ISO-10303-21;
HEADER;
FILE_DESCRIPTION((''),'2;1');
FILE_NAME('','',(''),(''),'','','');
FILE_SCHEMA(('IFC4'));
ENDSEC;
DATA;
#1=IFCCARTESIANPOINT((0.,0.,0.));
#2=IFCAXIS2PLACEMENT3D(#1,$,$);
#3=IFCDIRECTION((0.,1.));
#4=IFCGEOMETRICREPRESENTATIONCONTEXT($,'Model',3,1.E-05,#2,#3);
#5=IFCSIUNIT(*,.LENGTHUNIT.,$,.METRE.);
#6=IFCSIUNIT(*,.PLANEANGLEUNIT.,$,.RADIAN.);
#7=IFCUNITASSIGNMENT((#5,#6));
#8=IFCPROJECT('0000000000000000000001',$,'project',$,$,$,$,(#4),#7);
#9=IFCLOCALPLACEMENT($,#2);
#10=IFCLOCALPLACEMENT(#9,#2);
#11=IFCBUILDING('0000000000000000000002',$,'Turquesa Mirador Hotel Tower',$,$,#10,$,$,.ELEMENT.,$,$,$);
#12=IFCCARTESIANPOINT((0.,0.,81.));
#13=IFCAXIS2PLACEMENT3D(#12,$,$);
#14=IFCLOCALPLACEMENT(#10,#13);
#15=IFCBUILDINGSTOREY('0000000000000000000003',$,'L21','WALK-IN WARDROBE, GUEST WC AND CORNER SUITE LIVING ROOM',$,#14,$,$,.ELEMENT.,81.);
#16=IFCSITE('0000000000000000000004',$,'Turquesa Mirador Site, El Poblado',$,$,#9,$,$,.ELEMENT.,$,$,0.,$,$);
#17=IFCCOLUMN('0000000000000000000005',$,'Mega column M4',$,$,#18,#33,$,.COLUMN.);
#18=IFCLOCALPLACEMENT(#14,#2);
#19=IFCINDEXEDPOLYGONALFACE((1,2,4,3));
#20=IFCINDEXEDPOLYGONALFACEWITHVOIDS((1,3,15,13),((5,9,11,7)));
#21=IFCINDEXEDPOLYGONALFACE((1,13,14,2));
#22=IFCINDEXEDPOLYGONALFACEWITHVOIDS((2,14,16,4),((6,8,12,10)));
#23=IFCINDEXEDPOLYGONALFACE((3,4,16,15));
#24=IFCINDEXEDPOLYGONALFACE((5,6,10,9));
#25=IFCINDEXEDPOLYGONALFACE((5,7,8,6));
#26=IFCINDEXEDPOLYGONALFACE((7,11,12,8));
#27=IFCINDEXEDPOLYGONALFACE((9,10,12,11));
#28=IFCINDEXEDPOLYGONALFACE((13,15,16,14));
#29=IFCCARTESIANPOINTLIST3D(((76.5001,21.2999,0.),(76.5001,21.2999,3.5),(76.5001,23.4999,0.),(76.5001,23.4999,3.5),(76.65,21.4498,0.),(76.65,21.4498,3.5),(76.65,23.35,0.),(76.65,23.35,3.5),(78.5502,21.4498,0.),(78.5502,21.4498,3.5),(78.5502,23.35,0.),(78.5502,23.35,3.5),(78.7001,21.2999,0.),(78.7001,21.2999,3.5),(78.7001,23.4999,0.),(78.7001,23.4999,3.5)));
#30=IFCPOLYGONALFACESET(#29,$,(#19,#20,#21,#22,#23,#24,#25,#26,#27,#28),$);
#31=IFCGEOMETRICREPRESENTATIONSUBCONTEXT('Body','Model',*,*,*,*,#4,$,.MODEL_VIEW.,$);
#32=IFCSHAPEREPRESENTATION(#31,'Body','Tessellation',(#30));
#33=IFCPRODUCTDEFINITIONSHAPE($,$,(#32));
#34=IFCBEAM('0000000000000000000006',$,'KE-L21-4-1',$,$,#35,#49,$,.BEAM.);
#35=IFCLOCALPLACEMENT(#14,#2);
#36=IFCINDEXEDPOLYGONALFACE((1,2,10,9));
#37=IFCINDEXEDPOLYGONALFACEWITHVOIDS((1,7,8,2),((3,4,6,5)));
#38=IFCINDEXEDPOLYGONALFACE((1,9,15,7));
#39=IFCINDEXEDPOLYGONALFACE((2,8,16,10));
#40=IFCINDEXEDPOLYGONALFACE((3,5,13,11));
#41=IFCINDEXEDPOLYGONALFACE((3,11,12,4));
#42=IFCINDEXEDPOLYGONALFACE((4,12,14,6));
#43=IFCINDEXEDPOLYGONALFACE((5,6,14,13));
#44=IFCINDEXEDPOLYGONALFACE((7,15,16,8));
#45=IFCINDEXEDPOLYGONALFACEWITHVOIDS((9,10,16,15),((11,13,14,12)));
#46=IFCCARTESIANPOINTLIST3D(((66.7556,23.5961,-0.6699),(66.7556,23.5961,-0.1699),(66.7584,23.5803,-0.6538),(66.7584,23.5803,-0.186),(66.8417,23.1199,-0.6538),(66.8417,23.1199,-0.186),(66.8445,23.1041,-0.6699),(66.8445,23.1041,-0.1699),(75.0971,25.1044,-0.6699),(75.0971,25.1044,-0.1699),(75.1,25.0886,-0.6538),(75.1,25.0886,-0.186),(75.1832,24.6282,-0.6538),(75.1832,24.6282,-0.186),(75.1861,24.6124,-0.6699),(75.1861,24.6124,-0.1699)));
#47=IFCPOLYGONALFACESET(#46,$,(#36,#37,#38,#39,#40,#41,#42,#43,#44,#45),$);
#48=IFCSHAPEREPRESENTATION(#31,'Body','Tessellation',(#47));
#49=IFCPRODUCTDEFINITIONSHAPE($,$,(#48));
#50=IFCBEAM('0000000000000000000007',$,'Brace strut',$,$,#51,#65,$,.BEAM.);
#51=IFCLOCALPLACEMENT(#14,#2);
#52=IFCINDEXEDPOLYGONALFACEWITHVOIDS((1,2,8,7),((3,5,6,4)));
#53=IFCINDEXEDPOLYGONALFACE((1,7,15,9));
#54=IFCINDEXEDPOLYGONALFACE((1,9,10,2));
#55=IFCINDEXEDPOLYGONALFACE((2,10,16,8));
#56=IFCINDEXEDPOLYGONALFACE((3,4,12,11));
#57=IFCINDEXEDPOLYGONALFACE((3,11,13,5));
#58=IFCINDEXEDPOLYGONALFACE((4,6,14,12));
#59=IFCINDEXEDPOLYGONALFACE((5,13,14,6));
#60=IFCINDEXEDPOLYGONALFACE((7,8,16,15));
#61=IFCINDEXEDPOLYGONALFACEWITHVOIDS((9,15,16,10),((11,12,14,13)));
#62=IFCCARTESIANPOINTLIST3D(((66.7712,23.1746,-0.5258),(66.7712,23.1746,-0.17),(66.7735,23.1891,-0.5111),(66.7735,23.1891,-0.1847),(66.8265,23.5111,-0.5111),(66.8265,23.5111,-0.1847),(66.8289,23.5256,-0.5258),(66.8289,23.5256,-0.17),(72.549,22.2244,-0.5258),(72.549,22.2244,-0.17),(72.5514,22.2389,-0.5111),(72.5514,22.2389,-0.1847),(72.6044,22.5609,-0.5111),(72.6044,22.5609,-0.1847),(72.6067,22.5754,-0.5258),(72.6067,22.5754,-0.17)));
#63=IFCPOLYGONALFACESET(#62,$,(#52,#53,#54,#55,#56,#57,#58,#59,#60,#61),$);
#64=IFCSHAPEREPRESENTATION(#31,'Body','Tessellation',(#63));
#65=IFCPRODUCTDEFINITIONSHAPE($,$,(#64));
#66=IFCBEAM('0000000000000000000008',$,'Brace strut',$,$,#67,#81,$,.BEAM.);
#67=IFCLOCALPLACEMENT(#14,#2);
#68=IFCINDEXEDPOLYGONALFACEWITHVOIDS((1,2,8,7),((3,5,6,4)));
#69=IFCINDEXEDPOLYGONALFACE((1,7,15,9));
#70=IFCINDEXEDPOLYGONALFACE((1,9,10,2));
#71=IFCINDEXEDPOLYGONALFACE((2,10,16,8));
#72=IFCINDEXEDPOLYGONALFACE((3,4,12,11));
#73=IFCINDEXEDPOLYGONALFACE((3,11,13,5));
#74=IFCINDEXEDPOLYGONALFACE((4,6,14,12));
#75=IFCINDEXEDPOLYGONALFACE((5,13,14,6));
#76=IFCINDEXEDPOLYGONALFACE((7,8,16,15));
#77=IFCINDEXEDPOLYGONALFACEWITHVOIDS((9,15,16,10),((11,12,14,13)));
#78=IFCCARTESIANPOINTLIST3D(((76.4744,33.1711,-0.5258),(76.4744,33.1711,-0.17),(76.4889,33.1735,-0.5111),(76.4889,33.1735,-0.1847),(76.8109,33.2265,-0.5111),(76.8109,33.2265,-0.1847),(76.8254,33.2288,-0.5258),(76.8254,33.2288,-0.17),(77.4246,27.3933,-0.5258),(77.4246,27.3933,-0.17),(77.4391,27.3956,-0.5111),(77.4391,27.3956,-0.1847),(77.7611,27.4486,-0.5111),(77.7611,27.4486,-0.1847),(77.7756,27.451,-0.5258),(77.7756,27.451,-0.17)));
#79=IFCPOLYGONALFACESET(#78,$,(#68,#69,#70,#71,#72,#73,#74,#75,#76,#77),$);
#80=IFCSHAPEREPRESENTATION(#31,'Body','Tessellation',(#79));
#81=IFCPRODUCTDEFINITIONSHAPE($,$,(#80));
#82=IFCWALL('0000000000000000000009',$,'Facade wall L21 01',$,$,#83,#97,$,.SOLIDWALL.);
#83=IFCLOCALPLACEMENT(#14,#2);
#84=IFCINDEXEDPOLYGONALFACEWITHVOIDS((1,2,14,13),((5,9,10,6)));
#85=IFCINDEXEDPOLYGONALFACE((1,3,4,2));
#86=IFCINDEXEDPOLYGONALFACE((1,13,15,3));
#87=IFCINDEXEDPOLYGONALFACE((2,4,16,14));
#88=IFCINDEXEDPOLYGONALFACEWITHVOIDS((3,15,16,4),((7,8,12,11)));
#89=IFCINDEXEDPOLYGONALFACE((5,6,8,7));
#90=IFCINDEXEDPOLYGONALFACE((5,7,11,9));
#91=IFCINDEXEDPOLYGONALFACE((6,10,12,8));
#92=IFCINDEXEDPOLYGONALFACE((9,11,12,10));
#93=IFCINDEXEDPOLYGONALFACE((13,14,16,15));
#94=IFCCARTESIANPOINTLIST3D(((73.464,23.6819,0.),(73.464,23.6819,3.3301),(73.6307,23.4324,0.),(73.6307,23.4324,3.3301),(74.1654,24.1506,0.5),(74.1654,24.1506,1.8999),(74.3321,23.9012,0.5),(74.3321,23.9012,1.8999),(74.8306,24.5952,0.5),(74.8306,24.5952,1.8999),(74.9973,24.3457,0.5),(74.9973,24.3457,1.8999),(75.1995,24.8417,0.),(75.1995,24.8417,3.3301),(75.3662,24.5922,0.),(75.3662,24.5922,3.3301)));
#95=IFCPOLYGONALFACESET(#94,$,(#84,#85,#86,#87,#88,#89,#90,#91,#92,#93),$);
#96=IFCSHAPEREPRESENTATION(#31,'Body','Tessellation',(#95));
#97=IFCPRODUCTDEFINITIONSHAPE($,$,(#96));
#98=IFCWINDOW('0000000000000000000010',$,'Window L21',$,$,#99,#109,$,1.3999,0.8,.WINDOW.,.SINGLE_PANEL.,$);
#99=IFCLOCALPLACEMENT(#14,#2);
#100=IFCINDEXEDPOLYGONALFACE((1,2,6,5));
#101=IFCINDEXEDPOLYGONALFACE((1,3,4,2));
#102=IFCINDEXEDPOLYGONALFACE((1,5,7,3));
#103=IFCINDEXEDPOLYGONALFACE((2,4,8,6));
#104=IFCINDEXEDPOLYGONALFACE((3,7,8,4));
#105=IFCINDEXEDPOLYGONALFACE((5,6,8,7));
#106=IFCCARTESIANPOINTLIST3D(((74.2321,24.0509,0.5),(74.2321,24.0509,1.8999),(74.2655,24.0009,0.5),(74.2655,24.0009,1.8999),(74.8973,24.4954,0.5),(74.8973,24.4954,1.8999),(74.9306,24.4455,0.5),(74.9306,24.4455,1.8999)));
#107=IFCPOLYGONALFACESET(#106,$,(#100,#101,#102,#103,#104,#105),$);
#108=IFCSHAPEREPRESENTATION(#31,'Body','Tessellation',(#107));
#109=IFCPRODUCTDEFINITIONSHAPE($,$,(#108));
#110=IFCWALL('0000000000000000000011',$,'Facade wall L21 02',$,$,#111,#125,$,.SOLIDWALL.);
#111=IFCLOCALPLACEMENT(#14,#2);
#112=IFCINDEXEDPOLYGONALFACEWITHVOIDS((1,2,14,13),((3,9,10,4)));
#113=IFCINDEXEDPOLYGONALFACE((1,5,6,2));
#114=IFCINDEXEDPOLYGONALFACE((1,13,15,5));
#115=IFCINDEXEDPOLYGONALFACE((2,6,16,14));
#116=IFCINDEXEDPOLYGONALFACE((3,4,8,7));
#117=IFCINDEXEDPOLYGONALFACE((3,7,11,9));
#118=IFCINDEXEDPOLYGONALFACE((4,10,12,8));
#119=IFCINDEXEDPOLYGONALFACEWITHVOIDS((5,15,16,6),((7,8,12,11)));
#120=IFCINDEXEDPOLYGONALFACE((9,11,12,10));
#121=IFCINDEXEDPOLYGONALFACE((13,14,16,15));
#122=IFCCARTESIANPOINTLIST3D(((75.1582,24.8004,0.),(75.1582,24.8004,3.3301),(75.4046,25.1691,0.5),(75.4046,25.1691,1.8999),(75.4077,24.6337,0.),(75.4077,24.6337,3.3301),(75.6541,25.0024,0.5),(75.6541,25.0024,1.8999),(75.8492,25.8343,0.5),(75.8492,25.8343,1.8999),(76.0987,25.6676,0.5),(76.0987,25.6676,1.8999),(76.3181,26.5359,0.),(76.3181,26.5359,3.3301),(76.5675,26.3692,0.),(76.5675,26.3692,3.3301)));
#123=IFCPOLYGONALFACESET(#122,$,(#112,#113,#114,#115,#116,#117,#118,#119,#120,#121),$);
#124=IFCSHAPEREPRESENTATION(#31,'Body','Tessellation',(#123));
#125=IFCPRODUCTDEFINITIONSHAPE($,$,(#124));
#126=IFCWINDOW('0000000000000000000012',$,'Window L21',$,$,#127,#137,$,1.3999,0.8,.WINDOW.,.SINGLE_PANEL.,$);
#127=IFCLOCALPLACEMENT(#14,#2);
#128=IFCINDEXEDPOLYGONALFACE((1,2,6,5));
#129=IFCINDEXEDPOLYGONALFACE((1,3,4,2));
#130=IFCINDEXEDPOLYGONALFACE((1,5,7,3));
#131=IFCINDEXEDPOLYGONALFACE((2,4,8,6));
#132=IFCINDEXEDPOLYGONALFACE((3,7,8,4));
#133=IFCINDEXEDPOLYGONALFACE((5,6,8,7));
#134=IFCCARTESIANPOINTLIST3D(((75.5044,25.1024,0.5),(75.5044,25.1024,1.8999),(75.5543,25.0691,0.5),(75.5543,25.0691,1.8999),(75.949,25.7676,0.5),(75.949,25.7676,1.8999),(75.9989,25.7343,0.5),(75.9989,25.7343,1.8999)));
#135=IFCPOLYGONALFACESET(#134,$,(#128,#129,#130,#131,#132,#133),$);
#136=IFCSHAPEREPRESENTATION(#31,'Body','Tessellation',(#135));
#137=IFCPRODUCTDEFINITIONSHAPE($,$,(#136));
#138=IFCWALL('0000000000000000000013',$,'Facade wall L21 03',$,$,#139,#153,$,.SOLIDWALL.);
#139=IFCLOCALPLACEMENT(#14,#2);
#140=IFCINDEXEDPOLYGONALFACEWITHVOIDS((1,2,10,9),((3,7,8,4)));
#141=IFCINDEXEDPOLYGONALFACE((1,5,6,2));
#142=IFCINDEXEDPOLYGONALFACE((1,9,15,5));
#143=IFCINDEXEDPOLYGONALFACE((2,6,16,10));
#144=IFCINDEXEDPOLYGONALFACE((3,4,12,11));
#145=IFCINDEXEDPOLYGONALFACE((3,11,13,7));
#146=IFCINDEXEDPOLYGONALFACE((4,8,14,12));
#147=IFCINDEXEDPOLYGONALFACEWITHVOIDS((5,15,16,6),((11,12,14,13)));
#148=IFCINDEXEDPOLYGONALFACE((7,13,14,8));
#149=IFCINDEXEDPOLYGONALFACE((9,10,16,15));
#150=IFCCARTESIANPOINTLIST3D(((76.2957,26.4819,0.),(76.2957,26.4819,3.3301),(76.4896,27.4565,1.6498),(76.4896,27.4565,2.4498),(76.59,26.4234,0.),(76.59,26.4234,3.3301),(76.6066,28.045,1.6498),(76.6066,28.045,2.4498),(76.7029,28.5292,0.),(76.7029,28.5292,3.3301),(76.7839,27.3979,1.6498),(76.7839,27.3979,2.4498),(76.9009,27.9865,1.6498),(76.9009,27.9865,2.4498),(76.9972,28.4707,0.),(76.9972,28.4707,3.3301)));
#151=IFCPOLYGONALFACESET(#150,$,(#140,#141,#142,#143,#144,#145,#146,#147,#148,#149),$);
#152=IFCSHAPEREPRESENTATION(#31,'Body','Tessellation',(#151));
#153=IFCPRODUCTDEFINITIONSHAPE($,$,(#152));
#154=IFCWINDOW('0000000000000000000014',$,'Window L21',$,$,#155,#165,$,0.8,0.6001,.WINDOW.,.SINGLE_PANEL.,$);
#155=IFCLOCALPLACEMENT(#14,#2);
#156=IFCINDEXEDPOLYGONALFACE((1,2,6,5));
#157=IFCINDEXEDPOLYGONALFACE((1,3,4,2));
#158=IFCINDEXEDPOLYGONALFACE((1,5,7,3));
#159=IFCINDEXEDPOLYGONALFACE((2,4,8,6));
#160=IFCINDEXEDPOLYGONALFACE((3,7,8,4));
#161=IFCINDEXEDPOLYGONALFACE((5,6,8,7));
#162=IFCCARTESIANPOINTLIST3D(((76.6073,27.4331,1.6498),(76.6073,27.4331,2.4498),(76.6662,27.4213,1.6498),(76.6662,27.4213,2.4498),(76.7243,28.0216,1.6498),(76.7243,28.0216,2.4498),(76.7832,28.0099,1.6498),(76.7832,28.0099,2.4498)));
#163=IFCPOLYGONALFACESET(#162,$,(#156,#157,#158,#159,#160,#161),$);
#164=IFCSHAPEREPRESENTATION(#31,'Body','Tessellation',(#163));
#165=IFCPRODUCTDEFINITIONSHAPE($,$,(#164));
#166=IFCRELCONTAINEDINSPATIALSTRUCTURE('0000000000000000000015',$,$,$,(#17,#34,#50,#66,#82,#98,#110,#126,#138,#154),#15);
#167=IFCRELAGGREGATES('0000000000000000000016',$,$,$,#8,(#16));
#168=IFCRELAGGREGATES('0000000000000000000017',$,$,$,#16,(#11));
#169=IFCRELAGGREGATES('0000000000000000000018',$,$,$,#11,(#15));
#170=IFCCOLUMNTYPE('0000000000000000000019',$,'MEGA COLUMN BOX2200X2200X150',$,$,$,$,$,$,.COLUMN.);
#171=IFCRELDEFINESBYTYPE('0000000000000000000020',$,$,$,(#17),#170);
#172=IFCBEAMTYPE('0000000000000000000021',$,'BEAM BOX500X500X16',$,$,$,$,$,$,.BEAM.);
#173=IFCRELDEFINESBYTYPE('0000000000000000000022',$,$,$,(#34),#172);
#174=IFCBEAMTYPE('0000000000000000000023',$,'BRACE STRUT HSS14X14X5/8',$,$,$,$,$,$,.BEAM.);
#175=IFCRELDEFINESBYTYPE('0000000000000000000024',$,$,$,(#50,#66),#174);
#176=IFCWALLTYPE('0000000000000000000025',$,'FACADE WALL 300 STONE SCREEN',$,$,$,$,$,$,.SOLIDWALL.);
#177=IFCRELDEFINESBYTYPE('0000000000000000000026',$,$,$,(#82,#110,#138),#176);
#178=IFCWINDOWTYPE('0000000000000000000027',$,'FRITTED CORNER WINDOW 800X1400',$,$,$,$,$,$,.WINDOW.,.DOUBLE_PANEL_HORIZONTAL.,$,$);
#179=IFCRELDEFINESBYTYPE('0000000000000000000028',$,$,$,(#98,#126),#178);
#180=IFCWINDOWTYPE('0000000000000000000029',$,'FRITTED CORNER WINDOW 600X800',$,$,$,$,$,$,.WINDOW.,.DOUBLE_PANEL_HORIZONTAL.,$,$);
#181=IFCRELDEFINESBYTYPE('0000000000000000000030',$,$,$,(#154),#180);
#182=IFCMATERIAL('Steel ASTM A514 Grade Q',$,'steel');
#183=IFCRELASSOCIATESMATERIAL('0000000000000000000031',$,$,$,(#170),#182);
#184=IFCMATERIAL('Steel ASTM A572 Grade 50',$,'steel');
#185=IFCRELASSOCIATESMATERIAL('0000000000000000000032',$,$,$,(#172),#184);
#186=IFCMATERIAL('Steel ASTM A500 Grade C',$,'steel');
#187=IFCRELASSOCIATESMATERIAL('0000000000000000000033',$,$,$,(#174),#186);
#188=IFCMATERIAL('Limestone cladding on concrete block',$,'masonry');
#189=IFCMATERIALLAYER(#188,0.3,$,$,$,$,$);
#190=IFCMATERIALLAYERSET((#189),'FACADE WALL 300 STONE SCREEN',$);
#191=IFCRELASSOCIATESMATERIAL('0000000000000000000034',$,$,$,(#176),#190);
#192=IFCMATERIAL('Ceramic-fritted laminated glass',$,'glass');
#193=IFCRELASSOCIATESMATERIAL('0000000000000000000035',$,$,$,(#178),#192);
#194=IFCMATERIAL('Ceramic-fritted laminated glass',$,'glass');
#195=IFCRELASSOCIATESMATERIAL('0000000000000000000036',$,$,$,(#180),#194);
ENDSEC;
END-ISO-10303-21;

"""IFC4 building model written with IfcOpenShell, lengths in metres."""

from ifc_helpers import new_model, si_unit, direction, frame, frame_2d, origin, origin_2d, place, context, subcontext, project, spatial, rectangle, hollow_rectangle, extrude, material, layer, layer_set, material_profile, profile_set, type_object, element, fill, save


model = new_model("IFC4")

# Units and contexts
model_context = context("Model", 3, precision=1e-05, world=origin(), true_north=direction((0.0, 1.0)))
body_context = subcontext(model_context, "Body", "Model", "MODEL_VIEW")
ifc_project = project(units=[si_unit("LENGTHUNIT", "METRE"), si_unit("PLANEANGLEUNIT", "RADIAN")], contexts=[model_context])

# Site, building, storey
site_placement = place(None, origin())
site = spatial("IfcSite", under=ifc_project, at=site_placement, Name="Turquesa Mirador Site, El Poblado", CompositionType="ELEMENT", RefElevation=0.0)
building_placement = place(site_placement, origin())
building = spatial("IfcBuilding", under=site, at=building_placement, Name="Turquesa Mirador Hotel Tower", CompositionType="ELEMENT")
storey_placement = place(building_placement, frame((0.0, 0.0, 81.0)))
storey = spatial("IfcBuildingStorey", under=building, at=storey_placement, Name="L21", Description="WALK-IN WARDROBE, GUEST WC AND CORNER SUITE LIVING ROOM", CompositionType="ELEMENT", Elevation=81.0)

# Column
ifc_material_1 = material(Name="Steel ASTM A514 Grade Q", Category="steel")
ifc_material_profile_1 = material_profile(ifc_material_1, hollow_rectangle(XDim=2.2, YDim=2.2, WallThickness=0.1499, at=origin_2d()), Name="BOX2200X2200X150")
ifc_profile_set_1 = profile_set([ifc_material_profile_1], Name="Steel ASTM A514 Grade Q")
column_type = type_object("IfcColumnType", Name="MEGA COLUMN BOX2200X2200X150", PredefinedType="COLUMN", material=ifc_profile_set_1)
column_placement = place(storey_placement, frame((77.6001, 22.3999, 0.0), z_axis=(0.0, 0.0, 1.0), x_axis=(1.0, 0.0, 0.0)))
element("IfcColumn", 1, at=column_placement, inside=storey, type_object=column_type, Name="Mega column M4", PredefinedType="COLUMN", context=body_context, shape_type="SweptSolid", body=[
    extrude(hollow_rectangle(XDim=2.2, YDim=2.2, WallThickness=0.1499, at=origin_2d()), origin(), (0.0, 0.0, 1.0), 3.5),
])

# Beams
ifc_material_2 = material(Name="Steel ASTM A572 Grade 50", Category="steel")
ifc_material_profile_2 = material_profile(ifc_material_2, hollow_rectangle(XDim=0.5, YDim=0.5, WallThickness=0.0161, at=origin_2d()), Name="BOX500X500X16")
ifc_profile_set_2 = profile_set([ifc_material_profile_2], Name="Steel ASTM A572 Grade 50")
beam_type_1 = type_object("IfcBeamType", Name="BEAM BOX500X500X16", PredefinedType="BEAM", material=ifc_profile_set_2)
beam_placement = place(storey_placement, frame((75.1416, 24.8584, -0.4199), z_axis=(-0.984043, -0.177932, 0.0), x_axis=(0.177932, -0.984043, 0.0)))
element("IfcBeam", 2, at=beam_placement, inside=storey, type_object=beam_type_1, Name="KE-L21-4-1", PredefinedType="BEAM", context=body_context, shape_type="SweptSolid", body=[
    extrude(hollow_rectangle(XDim=0.5, YDim=0.5, WallThickness=0.0161, at=origin_2d()), origin(), (0.0, 0.0, 1.0), 8.4768),
])
ifc_material_3 = material(Name="Steel ASTM A500 Grade C", Category="steel")
ifc_material_profile_3 = material_profile(ifc_material_3, hollow_rectangle(XDim=0.3557, YDim=0.3557, WallThickness=0.0146, at=origin_2d()), Name="HSS14X14X5/8")
ifc_profile_set_3 = profile_set([ifc_material_profile_3], Name="Steel ASTM A500 Grade C")
beam_type_2 = type_object("IfcBeamType", Name="BRACE STRUT HSS14X14X5/8", PredefinedType="BEAM", material=ifc_profile_set_3)
for number, where, z_axis, x_axis, name in (
    (3, (72.5779, 22.3999, -0.3479), (-0.986745, 0.162276, 0.0), (-0.162276, -0.986745, 0.0), "Brace strut"),
    (4, (77.6001, 27.4221, -0.3479), (-0.162276, 0.986745, 0.0), (-0.986745, -0.162276, 0.0), "Brace strut"),
):
    element("IfcBeam", number, at=place(storey_placement, frame(where, z_axis=z_axis, x_axis=x_axis)), inside=storey, type_object=beam_type_2, Name=name, PredefinedType="BEAM", context=body_context, shape_type="SweptSolid", body=[
        extrude(hollow_rectangle(XDim=0.3557, YDim=0.3557, WallThickness=0.0146, at=origin_2d()), origin(), (0.0, 0.0, 1.0), 5.8555),
    ])

# Walls, openings, windows
ifc_material_4 = material(Name="Limestone cladding on concrete block", Category="masonry")
ifc_layer = layer(ifc_material_4, 0.3)
ifc_layer_set = layer_set([ifc_layer], Name="FACADE WALL 300 STONE SCREEN")
wall_type = type_object("IfcWallType", Name="FACADE WALL 300 STONE SCREEN", PredefinedType="SOLIDWALL", material=ifc_layer_set)
wall_1_placement = place(storey_placement, frame((73.5474, 23.5571, 0.0), z_axis=(0.0, 0.0, 1.0), x_axis=(0.83142, 0.555644, 0.0)))
wall_1 = element("IfcWall", 5, at=wall_1_placement, inside=storey, type_object=wall_type, Name="Facade wall L21 01", PredefinedType="SOLIDWALL", context=body_context, shape_type="SweptSolid", body=[
    extrude(rectangle(XDim=2.0874, YDim=0.3, at=frame_2d((1.0437, 0.0))), origin(), (0.0, 0.0, 1.0), 3.3301),
])
opening_1_placement = place(wall_1_placement, frame((0.8438, 0.0, 0.5)))
opening_1 = element("IfcOpeningElement", 6, at=opening_1_placement, cuts=wall_1, PredefinedType="OPENING", context=body_context, shape_type="SweptSolid", body=[
    extrude(rectangle(XDim=0.8, YDim=1.3999, at=frame_2d((0.3999, 0.7))), frame((0.0, 0.1599, 0.0), z_axis=(0.0, -1.0, 0.0), x_axis=(1.0, 0.0, 0.0)), (0.0, 0.0, 1.0), 0.3201),
])
ifc_material_5 = material(Name="Ceramic-fritted laminated glass", Category="glass")
window_type_1 = type_object("IfcWindowType", Name="FRITTED CORNER WINDOW 800X1400", PartitioningType="DOUBLE_PANEL_HORIZONTAL", PredefinedType="WINDOW", material=ifc_material_5)
window_1_placement = place(opening_1_placement, origin())
window_1 = element("IfcWindow", 7, at=window_1_placement, inside=storey, type_object=window_type_1, Name="Window L21", OverallHeight=1.3999, OverallWidth=0.8, PartitioningType="SINGLE_PANEL", PredefinedType="WINDOW", context=body_context, shape_type="SweptSolid", body=[
    extrude(rectangle(XDim=0.8, YDim=1.3999, at=frame_2d((0.3999, 0.7))), frame((0.0, 0.03, 0.0), z_axis=(0.0, -1.0, 0.0), x_axis=(1.0, 0.0, 0.0)), (0.0, 0.0, 1.0), 0.0601),
])
fill(opening_1, window_1)
wall_2_placement = place(storey_placement, frame((75.283, 24.717, 0.0), z_axis=(0.0, 0.0, 1.0), x_axis=(0.555644, 0.83142, 0.0)))
wall_2 = element("IfcWall", 8, at=wall_2_placement, inside=storey, type_object=wall_type, Name="Facade wall L21 02", PredefinedType="SOLIDWALL", context=body_context, shape_type="SweptSolid", body=[
    extrude(rectangle(XDim=2.0874, YDim=0.3, at=frame_2d((1.0437, 0.0))), origin(), (0.0, 0.0, 1.0), 3.3301),
])
opening_2_placement = place(wall_2_placement, frame((0.4436, 0.0, 0.5)))
opening_2 = element("IfcOpeningElement", 9, at=opening_2_placement, cuts=wall_2, PredefinedType="OPENING", context=body_context, shape_type="SweptSolid", body=[
    extrude(rectangle(XDim=0.8, YDim=1.3999, at=frame_2d((0.3999, 0.7))), frame((0.0, 0.1599, 0.0), z_axis=(0.0, -1.0, 0.0), x_axis=(1.0, 0.0, 0.0)), (0.0, 0.0, 1.0), 0.3201),
])
window_2_placement = place(opening_2_placement, origin())
window_2 = element("IfcWindow", 10, at=window_2_placement, inside=storey, type_object=window_type_1, Name="Window L21", OverallHeight=1.3999, OverallWidth=0.8, PartitioningType="SINGLE_PANEL", PredefinedType="WINDOW", context=body_context, shape_type="SweptSolid", body=[
    extrude(rectangle(XDim=0.8, YDim=1.3999, at=frame_2d((0.3999, 0.7))), frame((0.0, 0.03, 0.0), z_axis=(0.0, -1.0, 0.0), x_axis=(1.0, 0.0, 0.0)), (0.0, 0.0, 1.0), 0.0601),
])
fill(opening_2, window_2)
wall_3_placement = place(storey_placement, frame((76.4429, 26.4526, 0.0), z_axis=(0.0, 0.0, 1.0), x_axis=(0.195081, 0.980787, 0.0)))
wall_3 = element("IfcWall", 11, at=wall_3_placement, inside=storey, type_object=wall_type, Name="Facade wall L21 03", PredefinedType="SOLIDWALL", context=body_context, shape_type="SweptSolid", body=[
    extrude(rectangle(XDim=2.0874, YDim=0.3, at=frame_2d((1.0437, 0.0))), origin(), (0.0, 0.0, 1.0), 3.3301),
])
opening_3_placement = place(wall_3_placement, frame((0.9937, 0.0, 1.6499)))
opening_3 = element("IfcOpeningElement", 12, at=opening_3_placement, cuts=wall_3, PredefinedType="OPENING", context=body_context, shape_type="SweptSolid", body=[
    extrude(rectangle(XDim=0.6001, YDim=0.8, at=frame_2d((0.3, 0.3999))), frame((0.0, 0.1599, 0.0), z_axis=(0.0, -1.0, 0.0), x_axis=(1.0, 0.0, 0.0)), (0.0, 0.0, 1.0), 0.3201),
])
ifc_material_6 = material(Name="Ceramic-fritted laminated glass", Category="glass")
window_type_2 = type_object("IfcWindowType", Name="FRITTED CORNER WINDOW 600X800", PartitioningType="DOUBLE_PANEL_HORIZONTAL", PredefinedType="WINDOW", material=ifc_material_6)
window_3_placement = place(opening_3_placement, origin())
window_3 = element("IfcWindow", 13, at=window_3_placement, inside=storey, type_object=window_type_2, Name="Window L21", OverallHeight=0.8, OverallWidth=0.6001, PartitioningType="SINGLE_PANEL", PredefinedType="WINDOW", context=body_context, shape_type="SweptSolid", body=[
    extrude(rectangle(XDim=0.6001, YDim=0.8, at=frame_2d((0.3, 0.3999))), frame((0.0, 0.03, 0.0), z_axis=(0.0, -1.0, 0.0), x_axis=(1.0, 0.0, 0.0)), (0.0, 0.0, 1.0), 0.0601),
])
fill(opening_3, window_3)

save(model, "model.ifc")
